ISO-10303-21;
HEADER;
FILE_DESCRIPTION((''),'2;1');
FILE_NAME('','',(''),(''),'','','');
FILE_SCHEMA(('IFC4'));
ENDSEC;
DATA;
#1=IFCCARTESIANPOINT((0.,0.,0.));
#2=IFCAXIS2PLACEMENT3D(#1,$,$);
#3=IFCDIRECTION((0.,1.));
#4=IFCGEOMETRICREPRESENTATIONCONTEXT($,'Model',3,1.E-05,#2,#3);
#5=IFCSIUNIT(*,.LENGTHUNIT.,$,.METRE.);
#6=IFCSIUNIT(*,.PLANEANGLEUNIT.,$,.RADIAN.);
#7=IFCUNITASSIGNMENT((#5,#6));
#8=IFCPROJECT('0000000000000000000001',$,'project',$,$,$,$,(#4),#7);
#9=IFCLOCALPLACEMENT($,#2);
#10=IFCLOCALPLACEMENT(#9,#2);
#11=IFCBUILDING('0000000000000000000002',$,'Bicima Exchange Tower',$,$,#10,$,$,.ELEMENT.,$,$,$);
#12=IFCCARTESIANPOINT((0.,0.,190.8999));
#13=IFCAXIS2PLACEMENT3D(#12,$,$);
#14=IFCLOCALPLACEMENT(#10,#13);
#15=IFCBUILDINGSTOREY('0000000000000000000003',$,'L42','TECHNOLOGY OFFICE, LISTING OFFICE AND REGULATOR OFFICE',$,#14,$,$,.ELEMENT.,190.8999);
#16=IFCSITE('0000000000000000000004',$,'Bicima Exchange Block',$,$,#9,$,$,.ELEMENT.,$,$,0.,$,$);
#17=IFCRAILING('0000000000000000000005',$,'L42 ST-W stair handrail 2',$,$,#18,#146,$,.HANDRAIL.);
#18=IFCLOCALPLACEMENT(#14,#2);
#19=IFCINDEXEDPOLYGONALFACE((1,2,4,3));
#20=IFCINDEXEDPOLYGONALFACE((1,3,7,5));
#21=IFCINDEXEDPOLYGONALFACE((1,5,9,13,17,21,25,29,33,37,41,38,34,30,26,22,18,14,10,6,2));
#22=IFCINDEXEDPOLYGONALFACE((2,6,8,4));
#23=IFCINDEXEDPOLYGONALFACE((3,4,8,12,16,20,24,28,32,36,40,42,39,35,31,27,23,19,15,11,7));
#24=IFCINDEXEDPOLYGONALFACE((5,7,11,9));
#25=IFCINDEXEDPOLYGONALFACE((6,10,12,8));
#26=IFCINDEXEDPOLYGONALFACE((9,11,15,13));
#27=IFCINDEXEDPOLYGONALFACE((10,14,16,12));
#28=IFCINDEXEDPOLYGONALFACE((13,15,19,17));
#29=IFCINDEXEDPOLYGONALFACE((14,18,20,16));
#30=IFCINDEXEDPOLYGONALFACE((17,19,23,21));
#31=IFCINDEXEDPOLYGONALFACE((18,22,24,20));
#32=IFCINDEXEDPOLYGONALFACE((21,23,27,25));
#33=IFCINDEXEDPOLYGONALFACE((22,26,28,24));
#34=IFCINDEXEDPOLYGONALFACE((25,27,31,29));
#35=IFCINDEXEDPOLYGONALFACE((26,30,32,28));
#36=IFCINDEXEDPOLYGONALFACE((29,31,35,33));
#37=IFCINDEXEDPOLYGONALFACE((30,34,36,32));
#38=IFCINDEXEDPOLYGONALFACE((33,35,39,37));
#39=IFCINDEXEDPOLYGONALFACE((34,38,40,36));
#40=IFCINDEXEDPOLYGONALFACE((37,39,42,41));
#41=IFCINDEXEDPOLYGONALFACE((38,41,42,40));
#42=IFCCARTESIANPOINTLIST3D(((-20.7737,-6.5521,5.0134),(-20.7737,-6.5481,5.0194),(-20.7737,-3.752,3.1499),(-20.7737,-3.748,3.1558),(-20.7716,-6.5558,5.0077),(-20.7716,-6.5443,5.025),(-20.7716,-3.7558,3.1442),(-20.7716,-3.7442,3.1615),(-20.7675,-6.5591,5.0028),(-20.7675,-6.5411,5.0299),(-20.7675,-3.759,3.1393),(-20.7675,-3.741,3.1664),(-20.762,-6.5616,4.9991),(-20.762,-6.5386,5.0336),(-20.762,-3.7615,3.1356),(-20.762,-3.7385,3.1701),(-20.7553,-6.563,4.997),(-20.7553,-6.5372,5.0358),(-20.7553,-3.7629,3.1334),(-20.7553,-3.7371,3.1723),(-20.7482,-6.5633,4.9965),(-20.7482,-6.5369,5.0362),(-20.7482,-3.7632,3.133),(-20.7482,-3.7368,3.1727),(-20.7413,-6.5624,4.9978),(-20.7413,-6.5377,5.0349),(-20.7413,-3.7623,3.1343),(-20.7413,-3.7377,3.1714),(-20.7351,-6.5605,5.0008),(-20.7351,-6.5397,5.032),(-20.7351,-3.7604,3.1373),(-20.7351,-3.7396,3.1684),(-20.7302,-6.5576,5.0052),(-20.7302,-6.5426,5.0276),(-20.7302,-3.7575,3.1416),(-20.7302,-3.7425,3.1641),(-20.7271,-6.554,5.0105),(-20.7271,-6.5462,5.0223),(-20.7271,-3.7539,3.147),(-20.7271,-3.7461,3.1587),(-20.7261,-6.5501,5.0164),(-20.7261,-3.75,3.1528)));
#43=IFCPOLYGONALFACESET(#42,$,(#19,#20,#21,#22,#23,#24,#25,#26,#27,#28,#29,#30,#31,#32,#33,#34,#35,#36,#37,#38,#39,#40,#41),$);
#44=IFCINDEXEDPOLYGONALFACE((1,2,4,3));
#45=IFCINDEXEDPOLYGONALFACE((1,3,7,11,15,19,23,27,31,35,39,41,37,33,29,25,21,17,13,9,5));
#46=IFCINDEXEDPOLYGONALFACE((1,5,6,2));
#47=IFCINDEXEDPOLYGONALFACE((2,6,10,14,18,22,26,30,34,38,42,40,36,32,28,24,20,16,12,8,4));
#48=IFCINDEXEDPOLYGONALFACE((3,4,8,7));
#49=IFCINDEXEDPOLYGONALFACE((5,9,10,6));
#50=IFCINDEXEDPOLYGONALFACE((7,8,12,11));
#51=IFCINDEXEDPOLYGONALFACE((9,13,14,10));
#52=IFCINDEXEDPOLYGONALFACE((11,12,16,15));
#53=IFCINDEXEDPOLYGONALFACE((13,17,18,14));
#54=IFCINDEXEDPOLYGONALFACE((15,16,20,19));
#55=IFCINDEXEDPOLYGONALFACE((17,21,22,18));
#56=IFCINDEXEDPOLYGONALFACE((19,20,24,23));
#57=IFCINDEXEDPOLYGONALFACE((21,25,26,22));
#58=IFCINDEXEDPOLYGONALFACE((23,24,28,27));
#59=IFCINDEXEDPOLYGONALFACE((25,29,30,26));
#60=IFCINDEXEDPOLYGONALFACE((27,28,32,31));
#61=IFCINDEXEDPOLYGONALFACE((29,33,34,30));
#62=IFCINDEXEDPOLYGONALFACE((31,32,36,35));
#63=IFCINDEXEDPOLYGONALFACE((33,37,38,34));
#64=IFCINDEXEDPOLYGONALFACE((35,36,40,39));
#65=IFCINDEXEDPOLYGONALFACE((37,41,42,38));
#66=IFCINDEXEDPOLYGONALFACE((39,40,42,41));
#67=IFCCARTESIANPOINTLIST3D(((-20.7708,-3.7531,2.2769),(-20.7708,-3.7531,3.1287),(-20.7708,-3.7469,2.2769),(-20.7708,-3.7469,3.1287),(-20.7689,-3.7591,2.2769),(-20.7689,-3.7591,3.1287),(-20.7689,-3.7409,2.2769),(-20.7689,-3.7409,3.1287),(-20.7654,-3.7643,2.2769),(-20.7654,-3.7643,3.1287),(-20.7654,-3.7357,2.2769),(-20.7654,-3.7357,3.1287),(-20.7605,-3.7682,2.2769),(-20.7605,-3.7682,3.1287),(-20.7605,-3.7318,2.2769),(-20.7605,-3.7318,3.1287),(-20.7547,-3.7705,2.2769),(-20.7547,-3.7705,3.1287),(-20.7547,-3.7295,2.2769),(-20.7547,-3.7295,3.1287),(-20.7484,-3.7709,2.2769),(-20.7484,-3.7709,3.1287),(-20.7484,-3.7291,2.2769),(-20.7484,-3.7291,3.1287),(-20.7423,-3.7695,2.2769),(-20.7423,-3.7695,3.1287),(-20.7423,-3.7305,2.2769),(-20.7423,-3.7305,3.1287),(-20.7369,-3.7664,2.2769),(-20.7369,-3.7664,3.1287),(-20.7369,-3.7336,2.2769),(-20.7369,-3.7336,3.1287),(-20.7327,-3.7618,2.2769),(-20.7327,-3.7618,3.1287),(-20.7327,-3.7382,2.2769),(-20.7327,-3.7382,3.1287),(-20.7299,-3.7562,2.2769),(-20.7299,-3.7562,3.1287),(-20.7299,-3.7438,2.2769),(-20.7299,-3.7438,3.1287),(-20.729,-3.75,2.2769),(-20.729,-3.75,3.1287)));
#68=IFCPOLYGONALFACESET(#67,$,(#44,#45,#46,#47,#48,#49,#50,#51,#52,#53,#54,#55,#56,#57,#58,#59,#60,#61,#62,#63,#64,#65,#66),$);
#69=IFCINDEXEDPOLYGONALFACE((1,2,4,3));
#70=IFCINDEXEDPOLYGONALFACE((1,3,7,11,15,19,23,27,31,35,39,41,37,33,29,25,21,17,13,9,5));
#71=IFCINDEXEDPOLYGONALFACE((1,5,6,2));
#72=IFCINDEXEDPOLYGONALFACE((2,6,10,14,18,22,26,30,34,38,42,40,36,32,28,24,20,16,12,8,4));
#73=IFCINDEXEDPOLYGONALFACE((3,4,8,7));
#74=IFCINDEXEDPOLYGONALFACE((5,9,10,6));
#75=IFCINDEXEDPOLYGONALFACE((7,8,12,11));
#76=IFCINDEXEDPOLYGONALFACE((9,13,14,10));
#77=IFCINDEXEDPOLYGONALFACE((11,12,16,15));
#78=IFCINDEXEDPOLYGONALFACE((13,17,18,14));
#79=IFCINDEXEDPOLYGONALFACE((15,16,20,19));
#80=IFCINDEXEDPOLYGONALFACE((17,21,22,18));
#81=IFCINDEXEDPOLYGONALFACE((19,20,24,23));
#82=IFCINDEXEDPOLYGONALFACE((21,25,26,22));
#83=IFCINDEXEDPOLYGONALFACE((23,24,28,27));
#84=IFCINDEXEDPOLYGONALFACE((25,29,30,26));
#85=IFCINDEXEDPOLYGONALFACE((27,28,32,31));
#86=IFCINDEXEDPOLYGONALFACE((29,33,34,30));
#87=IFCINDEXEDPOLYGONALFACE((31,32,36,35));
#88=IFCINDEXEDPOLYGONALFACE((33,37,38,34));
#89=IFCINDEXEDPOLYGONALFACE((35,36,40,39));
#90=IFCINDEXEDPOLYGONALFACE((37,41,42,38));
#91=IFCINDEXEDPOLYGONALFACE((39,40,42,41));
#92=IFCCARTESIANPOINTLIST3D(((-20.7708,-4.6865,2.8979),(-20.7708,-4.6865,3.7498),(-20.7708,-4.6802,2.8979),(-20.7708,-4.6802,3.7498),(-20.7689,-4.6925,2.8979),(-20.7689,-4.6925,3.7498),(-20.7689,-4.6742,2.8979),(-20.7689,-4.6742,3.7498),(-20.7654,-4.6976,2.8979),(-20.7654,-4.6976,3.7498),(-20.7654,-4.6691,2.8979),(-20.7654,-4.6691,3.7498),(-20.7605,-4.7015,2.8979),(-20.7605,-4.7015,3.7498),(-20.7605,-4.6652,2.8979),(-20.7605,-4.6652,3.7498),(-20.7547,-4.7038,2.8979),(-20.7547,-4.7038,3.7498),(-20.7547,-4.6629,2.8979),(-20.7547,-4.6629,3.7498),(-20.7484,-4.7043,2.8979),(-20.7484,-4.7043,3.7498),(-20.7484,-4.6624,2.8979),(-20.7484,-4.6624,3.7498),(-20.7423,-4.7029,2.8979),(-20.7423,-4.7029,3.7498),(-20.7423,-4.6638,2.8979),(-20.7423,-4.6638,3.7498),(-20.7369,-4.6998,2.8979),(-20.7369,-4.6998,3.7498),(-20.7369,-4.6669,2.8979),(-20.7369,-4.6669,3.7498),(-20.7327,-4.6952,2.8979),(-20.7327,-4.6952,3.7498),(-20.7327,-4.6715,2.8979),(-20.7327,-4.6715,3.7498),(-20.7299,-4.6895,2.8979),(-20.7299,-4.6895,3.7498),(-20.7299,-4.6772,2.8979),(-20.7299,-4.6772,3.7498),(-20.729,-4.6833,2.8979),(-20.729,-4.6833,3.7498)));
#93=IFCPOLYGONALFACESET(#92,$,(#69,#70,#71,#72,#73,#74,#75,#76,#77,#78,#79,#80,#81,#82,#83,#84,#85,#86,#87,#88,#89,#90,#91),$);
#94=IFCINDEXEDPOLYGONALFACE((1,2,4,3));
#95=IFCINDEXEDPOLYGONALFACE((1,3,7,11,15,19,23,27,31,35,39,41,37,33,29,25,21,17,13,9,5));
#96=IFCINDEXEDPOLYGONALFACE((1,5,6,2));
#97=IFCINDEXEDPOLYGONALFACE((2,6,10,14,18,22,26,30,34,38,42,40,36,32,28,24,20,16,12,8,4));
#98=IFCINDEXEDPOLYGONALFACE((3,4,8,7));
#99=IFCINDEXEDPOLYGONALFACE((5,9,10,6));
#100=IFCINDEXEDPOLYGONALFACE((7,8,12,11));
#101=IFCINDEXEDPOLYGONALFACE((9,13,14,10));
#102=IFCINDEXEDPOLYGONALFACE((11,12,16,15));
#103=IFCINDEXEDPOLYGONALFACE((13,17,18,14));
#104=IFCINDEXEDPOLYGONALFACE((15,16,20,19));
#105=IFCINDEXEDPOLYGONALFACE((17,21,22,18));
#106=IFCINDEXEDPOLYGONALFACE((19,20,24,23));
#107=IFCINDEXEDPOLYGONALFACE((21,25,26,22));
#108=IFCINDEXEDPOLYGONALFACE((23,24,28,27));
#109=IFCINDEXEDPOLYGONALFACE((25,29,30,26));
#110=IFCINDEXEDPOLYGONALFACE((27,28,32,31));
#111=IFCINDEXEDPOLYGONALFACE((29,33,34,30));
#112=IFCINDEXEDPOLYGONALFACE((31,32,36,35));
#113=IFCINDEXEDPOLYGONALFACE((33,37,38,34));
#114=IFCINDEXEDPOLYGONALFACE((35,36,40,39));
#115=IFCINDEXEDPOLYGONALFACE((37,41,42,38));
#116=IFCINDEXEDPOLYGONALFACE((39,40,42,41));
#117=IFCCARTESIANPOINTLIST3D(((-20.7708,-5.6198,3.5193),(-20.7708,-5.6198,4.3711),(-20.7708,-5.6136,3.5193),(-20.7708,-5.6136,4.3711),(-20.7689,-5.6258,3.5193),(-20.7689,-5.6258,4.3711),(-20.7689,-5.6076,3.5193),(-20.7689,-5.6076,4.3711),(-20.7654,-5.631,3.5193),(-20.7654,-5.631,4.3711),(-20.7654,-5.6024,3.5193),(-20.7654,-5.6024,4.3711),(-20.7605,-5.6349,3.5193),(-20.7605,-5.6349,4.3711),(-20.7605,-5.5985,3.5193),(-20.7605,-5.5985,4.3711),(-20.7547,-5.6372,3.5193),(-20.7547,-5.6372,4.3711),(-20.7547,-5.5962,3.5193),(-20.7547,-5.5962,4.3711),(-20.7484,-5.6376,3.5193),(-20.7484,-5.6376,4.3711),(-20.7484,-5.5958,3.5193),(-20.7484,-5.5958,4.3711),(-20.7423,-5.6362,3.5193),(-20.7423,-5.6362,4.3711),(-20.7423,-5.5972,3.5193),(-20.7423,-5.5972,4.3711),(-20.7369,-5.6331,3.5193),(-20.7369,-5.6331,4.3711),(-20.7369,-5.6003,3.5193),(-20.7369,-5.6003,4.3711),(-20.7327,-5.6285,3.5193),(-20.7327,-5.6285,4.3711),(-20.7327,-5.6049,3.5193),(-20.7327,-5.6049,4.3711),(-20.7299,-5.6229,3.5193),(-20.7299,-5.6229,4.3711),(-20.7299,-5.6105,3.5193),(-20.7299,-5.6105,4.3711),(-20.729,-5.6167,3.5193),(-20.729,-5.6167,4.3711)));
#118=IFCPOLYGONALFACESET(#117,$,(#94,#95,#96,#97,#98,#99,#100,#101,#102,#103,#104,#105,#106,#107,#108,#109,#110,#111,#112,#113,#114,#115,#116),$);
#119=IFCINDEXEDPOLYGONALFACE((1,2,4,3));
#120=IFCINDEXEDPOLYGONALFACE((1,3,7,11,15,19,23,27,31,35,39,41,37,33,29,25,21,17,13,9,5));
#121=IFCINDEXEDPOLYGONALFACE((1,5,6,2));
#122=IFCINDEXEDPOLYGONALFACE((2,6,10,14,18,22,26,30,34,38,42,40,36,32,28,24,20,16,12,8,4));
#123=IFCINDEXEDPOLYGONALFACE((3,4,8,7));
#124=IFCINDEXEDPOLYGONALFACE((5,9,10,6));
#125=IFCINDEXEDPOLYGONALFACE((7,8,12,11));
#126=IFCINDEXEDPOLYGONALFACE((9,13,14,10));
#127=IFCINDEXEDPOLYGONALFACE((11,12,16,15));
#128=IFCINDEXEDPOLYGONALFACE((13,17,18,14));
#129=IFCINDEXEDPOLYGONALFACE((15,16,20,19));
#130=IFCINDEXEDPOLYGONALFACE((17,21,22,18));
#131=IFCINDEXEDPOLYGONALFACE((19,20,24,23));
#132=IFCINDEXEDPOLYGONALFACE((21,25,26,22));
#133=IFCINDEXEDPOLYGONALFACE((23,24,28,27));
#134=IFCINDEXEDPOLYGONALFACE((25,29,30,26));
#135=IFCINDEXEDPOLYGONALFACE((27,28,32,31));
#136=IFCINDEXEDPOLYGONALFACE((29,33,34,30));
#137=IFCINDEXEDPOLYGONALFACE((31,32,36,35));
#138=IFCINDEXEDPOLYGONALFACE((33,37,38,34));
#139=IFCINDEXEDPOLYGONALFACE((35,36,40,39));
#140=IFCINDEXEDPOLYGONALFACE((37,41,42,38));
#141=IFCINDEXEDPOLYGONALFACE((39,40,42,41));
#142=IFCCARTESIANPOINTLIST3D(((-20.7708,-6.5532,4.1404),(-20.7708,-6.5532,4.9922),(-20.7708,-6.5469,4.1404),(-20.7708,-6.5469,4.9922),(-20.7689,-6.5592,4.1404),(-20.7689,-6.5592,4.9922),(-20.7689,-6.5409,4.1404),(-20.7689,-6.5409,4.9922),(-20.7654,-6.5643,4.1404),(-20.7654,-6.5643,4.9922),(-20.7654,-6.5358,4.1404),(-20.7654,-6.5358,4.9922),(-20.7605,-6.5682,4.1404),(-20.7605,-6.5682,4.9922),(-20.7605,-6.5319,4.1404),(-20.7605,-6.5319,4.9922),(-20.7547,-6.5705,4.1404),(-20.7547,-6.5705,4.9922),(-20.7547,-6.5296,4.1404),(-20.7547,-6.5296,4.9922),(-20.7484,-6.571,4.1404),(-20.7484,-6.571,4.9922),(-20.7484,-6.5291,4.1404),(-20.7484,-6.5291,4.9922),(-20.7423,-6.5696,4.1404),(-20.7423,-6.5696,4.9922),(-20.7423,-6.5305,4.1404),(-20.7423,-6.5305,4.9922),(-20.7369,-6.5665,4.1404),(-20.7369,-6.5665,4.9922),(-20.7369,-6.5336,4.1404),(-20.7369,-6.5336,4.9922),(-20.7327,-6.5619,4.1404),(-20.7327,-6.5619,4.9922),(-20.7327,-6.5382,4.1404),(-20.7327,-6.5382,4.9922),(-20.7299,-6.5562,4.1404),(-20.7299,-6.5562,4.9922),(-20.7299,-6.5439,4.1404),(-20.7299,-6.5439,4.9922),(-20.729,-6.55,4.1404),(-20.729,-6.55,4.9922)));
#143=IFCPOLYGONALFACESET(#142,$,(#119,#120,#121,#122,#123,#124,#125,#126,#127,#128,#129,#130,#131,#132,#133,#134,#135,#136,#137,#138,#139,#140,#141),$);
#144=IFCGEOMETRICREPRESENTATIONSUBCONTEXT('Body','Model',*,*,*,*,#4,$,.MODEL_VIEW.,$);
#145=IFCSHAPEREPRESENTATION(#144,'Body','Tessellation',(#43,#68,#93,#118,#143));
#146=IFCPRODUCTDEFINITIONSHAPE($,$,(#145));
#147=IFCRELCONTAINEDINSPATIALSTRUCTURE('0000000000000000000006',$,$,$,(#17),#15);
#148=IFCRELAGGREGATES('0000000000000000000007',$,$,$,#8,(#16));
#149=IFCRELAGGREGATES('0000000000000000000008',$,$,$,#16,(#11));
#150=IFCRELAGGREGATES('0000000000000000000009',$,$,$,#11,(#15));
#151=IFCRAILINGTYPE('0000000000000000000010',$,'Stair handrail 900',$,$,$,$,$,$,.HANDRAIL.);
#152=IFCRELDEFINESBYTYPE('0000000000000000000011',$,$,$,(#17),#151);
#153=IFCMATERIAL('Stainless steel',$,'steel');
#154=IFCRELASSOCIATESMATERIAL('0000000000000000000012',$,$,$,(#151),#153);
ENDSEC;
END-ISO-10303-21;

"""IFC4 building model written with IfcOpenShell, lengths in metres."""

from ifc_helpers import new_model, si_unit, direction, frame, origin, origin_2d, place, context, subcontext, project, spatial, circle, extrude, material, type_object, element, save


model = new_model("IFC4")

# Units and contexts
model_context = context("Model", 3, precision=1e-05, world=origin(), true_north=direction((0.0, 1.0)))
body_context = subcontext(model_context, "Body", "Model", "MODEL_VIEW")
ifc_project = project(units=[si_unit("LENGTHUNIT", "METRE"), si_unit("PLANEANGLEUNIT", "RADIAN")], contexts=[model_context])

# Site, building, storey
site_placement = place(None, origin())
site = spatial("IfcSite", under=ifc_project, at=site_placement, Name="Bicima Exchange Block", CompositionType="ELEMENT", RefElevation=0.0)
building_placement = place(site_placement, origin())
building = spatial("IfcBuilding", under=site, at=building_placement, Name="Bicima Exchange Tower", CompositionType="ELEMENT")
storey_placement = place(building_placement, frame((0.0, 0.0, 190.8999)))
storey = spatial("IfcBuildingStorey", under=building, at=storey_placement, Name="L42", Description="TECHNOLOGY OFFICE, LISTING OFFICE AND REGULATOR OFFICE", CompositionType="ELEMENT", Elevation=190.8999)

# Railing
ifc_material_1 = material(Name="Stainless steel", Category="steel")
railing_type = type_object("IfcRailingType", Name="Stair handrail 900", PredefinedType="HANDRAIL", material=ifc_material_1)
railing_1_placement = place(storey_placement, frame((-20.75, -3.75, 2.2769)))
element("IfcRailing", 1, at=railing_1_placement, inside=storey, type_object=railing_type, Name="L42 ST-W stair handrail 2", PredefinedType="HANDRAIL", context=body_context, shape_type="SweptSolid", body=[
    extrude(circle(Radius=0.0239, at=origin_2d()), frame((0.0, 0.0, 0.876), z_axis=(0.0, -0.832486, 0.554047), x_axis=(1.0, 0.0, 0.0)), (0.0, 0.0, 1.0), 3.3635),
    extrude(circle(Radius=0.021, at=origin_2d()), origin(), (0.0, 0.0, 1.0), 0.8518),
    extrude(circle(Radius=0.021, at=origin_2d()), frame((0.0, -0.9333, 0.6211)), (0.0, 0.0, 1.0), 0.8518),
    extrude(circle(Radius=0.021, at=origin_2d()), frame((0.0, -1.8667, 1.2424)), (0.0, 0.0, 1.0), 0.8518),
    extrude(circle(Radius=0.021, at=origin_2d()), frame((0.0, -2.8, 1.8635)), (0.0, 0.0, 1.0), 0.8518),
])

save(model, "model.ifc")
